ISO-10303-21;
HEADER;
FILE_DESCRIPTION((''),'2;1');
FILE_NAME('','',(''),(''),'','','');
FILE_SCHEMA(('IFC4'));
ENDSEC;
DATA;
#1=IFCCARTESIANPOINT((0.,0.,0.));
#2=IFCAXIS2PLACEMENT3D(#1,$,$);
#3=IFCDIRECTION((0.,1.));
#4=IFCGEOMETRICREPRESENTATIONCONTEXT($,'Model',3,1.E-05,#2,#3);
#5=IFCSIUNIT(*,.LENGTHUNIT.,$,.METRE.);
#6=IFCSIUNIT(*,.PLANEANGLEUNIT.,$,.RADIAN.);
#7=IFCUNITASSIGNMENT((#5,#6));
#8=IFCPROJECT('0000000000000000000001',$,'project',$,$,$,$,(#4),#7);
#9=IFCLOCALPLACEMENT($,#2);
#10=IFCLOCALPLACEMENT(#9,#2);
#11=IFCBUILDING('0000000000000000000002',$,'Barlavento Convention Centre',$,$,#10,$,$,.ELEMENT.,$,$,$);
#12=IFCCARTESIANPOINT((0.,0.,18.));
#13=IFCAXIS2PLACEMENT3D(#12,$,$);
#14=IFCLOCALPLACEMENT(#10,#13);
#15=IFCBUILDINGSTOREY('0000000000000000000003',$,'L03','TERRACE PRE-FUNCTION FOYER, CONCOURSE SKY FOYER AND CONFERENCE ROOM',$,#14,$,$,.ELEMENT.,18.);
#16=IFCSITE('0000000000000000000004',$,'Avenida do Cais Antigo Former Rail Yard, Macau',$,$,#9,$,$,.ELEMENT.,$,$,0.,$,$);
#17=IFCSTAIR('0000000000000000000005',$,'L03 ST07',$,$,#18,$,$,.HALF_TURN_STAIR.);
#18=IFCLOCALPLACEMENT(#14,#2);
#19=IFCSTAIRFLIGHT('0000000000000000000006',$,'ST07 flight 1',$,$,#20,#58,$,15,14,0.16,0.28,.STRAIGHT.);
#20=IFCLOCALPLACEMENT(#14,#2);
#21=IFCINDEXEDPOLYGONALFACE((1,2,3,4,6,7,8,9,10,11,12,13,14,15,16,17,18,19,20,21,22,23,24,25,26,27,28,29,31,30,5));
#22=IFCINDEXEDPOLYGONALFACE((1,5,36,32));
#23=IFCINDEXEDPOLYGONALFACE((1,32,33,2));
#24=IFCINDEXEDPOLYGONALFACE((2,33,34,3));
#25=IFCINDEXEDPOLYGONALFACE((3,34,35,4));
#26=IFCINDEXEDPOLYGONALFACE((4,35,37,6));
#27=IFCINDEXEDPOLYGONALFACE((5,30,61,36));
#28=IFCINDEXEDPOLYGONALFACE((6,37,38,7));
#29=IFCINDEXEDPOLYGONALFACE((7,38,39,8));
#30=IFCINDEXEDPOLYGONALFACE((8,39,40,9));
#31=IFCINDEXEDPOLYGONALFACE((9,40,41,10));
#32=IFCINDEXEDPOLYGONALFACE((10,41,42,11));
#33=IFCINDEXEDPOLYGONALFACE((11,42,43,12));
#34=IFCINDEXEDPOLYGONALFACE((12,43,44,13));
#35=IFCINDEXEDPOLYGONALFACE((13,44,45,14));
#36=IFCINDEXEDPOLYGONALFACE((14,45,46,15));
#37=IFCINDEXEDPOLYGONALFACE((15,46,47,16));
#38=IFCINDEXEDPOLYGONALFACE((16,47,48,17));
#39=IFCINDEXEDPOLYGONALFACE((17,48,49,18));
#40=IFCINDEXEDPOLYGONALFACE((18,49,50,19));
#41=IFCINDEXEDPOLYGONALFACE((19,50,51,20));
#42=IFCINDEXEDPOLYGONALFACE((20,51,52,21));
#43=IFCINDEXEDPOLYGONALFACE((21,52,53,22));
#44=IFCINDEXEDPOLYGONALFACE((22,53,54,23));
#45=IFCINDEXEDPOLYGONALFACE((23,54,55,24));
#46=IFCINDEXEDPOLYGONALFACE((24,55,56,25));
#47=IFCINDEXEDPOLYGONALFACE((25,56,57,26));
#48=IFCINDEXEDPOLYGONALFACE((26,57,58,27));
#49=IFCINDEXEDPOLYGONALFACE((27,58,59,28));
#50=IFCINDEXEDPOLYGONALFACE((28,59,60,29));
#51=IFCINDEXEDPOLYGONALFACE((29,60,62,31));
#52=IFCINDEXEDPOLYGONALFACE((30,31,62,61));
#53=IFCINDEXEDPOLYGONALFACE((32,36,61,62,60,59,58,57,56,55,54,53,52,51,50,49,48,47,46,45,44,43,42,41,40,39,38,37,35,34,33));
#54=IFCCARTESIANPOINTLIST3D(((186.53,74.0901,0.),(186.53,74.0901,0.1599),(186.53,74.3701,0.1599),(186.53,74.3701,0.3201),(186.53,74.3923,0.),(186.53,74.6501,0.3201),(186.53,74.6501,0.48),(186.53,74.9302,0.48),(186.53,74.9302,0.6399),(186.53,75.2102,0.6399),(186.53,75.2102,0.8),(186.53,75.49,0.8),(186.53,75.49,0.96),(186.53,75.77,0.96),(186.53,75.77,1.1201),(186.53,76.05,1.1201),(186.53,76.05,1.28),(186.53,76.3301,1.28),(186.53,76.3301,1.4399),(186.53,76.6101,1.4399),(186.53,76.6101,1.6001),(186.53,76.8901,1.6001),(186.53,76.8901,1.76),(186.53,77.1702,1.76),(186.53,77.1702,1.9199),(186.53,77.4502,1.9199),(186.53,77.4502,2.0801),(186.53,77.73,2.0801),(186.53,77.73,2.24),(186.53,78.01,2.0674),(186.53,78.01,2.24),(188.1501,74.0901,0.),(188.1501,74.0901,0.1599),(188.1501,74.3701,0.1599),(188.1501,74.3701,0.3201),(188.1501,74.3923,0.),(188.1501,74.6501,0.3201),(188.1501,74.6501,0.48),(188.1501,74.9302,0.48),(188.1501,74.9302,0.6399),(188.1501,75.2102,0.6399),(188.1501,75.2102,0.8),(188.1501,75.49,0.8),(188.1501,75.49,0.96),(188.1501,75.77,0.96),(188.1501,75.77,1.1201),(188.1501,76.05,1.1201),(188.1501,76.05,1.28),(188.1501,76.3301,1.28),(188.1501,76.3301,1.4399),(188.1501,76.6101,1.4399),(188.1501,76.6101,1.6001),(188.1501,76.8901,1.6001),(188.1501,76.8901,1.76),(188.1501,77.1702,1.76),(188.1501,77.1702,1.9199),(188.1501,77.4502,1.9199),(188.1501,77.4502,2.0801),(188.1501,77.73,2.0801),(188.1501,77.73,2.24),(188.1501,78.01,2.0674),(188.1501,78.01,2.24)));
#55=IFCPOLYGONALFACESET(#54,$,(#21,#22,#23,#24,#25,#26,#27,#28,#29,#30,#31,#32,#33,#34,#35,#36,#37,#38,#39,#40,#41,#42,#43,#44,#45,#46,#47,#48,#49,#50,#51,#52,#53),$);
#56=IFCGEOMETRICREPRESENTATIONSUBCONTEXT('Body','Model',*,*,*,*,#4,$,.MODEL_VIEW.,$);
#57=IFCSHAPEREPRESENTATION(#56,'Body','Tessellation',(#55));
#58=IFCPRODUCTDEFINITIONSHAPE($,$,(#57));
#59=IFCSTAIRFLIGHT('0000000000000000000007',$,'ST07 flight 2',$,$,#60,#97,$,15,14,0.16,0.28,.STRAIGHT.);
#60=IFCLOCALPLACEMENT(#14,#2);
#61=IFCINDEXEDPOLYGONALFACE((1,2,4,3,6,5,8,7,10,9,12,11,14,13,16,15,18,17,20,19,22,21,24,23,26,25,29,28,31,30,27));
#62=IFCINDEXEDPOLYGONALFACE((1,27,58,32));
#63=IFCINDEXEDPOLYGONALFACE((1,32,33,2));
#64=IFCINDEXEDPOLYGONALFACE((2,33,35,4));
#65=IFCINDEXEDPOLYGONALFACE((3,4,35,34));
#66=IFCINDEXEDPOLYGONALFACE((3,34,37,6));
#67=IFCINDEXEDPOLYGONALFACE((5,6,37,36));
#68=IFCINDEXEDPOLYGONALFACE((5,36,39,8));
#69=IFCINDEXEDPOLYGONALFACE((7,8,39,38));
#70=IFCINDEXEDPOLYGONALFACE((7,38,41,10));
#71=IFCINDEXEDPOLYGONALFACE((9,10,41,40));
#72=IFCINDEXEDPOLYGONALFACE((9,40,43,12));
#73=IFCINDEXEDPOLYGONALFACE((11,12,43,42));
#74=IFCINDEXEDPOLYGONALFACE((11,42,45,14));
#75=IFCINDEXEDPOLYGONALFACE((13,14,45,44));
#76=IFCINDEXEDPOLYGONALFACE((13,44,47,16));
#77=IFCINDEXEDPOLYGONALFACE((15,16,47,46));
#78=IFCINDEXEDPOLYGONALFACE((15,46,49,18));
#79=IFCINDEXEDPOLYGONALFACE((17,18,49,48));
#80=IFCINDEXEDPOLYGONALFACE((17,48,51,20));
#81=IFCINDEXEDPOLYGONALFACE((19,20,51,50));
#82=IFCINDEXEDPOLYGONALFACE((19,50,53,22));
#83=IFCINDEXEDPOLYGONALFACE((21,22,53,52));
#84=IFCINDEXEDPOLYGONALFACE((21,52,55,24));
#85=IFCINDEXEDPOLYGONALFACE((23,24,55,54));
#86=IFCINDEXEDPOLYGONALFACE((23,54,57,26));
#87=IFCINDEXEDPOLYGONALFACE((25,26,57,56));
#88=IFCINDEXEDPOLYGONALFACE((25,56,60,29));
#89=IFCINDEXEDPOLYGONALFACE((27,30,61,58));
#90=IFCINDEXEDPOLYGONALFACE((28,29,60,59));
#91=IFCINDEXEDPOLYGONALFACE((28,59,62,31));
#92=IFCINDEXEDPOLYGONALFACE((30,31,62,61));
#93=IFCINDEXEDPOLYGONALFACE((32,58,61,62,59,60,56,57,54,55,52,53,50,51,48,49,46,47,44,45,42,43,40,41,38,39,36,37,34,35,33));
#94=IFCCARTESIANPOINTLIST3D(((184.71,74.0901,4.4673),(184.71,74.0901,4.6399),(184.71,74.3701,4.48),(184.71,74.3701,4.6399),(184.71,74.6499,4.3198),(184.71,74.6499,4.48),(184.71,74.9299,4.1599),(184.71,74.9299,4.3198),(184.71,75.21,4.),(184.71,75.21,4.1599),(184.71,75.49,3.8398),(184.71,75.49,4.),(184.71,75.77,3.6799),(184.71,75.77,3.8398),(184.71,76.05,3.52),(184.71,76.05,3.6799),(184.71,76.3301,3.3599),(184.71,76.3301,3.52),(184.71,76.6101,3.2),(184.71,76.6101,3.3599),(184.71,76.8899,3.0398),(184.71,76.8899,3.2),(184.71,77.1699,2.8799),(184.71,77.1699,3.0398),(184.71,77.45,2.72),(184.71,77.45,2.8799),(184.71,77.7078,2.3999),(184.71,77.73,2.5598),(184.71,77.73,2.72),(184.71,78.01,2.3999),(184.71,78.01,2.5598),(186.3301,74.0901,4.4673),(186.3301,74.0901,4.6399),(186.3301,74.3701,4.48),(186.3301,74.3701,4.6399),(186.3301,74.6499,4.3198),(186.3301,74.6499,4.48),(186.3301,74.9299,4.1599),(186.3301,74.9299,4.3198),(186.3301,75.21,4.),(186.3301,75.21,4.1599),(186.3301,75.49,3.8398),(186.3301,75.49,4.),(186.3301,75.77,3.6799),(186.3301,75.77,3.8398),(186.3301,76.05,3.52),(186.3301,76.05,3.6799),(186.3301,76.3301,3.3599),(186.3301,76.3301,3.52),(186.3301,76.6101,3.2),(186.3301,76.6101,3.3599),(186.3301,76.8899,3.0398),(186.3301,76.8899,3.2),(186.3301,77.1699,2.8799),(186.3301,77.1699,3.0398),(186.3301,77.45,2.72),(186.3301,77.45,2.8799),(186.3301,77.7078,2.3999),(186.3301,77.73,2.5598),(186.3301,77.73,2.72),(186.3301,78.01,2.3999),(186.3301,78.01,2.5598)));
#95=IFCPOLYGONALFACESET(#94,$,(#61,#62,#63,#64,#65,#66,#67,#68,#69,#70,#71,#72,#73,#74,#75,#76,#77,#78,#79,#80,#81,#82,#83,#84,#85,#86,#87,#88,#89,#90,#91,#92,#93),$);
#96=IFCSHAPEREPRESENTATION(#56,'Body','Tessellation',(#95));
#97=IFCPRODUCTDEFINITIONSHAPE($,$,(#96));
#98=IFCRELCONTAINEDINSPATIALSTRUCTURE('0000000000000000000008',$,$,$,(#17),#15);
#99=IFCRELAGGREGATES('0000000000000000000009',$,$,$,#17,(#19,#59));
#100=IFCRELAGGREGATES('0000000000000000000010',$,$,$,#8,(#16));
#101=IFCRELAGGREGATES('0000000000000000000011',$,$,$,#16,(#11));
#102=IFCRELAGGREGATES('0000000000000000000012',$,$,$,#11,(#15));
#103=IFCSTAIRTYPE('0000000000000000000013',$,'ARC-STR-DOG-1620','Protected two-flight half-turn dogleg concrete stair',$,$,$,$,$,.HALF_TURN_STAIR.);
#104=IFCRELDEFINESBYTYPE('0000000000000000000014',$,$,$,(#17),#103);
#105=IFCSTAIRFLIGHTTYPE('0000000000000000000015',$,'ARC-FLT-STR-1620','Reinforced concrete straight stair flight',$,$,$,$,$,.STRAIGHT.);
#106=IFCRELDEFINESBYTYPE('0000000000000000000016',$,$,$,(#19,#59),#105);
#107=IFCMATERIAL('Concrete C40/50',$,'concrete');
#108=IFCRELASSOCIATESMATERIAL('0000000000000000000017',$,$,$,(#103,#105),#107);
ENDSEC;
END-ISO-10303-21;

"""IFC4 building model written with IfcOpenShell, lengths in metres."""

from ifc_helpers import new_model, si_unit, direction, frame, origin, place, context, subcontext, project, spatial, polyline, outline, extrude, material, type_object, element, aggregate, save


model = new_model("IFC4")

# Units and contexts
model_context = context("Model", 3, precision=1e-05, world=origin(), true_north=direction((0.0, 1.0)))
body_context = subcontext(model_context, "Body", "Model", "MODEL_VIEW")
ifc_project = project(units=[si_unit("LENGTHUNIT", "METRE"), si_unit("PLANEANGLEUNIT", "RADIAN")], contexts=[model_context])

# Site, building, storey
site_placement = place(None, origin())
site = spatial("IfcSite", under=ifc_project, at=site_placement, Name="Avenida do Cais Antigo Former Rail Yard, Macau", CompositionType="ELEMENT", RefElevation=0.0)
building_placement = place(site_placement, origin())
building = spatial("IfcBuilding", under=site, at=building_placement, Name="Barlavento Convention Centre", CompositionType="ELEMENT")
storey_placement = place(building_placement, frame((0.0, 0.0, 18.0)))
storey = spatial("IfcBuildingStorey", under=building, at=storey_placement, Name="L03", Description="TERRACE PRE-FUNCTION FOYER, CONCOURSE SKY FOYER AND CONFERENCE ROOM", CompositionType="ELEMENT", Elevation=18.0)

# Stair, stair flights
ifc_material_1 = material(Name="Concrete C40/50", Category="concrete")
stair_type = type_object("IfcStairType", Name="ARC-STR-DOG-1620", Description="Protected two-flight half-turn dogleg concrete stair", PredefinedType="HALF_TURN_STAIR", material=ifc_material_1)
stair_placement = place(storey_placement, origin())
stair = element("IfcStair", 1, at=stair_placement, inside=storey, type_object=stair_type, Name="L03 ST07", PredefinedType="HALF_TURN_STAIR")
stair_flight_type = type_object("IfcStairFlightType", Name="ARC-FLT-STR-1620", Description="Reinforced concrete straight stair flight", PredefinedType="STRAIGHT", material=ifc_material_1)
stair_flight_1_placement = place(storey_placement, frame((187.3401, 74.0901, 0.0), z_axis=(0.0, 0.0, 1.0), x_axis=(0.0, 1.0, 0.0)))
stair_flight_1 = element("IfcStairFlight", 2, at=stair_flight_1_placement, type_object=stair_flight_type, Name="ST07 flight 1", NumberOfRisers=15, NumberOfTreads=14, PredefinedType="STRAIGHT", RiserHeight=0.16, TreadLength=0.28, context=body_context, shape_type="SweptSolid", body=[
    extrude(outline(polyline([(0.0, 0.0), (0.0, 0.1599), (0.28, 0.1599), (0.28, 0.3201), (0.5601, 0.3201), (0.5601, 0.48), (0.8401, 0.48), (0.8401, 0.6399), (1.1201, 0.6399), (1.1201, 0.8), (1.3999, 0.8), (1.3999, 0.96), (1.6799, 0.96), (1.6799, 1.1201), (1.96, 1.1201), (1.96, 1.28), (2.24, 1.28), (2.24, 1.4399), (2.52, 1.4399), (2.52, 1.6001), (2.8, 1.6001), (2.8, 1.76), (3.0801, 1.76), (3.0801, 1.9199), (3.3601, 1.9199), (3.3601, 2.0801), (3.6399, 2.0801), (3.6399, 2.24), (3.9199, 2.24), (3.9199, 2.3999), (3.9199, 2.0674), (0.3022, 0.0), (0.0, 0.0)])), frame((0.0, 0.8101, 0.0), z_axis=(0.0, -1.0, 0.0), x_axis=(1.0, 0.0, 0.0)), (0.0, 0.0, 1.0), 1.6201),
])
stair_flight_2_placement = place(storey_placement, frame((185.52, 78.01, 2.3999), z_axis=(0.0, 0.0, 1.0), x_axis=(0.0, -1.0, 0.0)))
stair_flight_2 = element("IfcStairFlight", 3, at=stair_flight_2_placement, type_object=stair_flight_type, Name="ST07 flight 2", NumberOfRisers=15, NumberOfTreads=14, PredefinedType="STRAIGHT", RiserHeight=0.16, TreadLength=0.28, context=body_context, shape_type="SweptSolid", body=[
    extrude(outline(polyline([(0.0, 0.0), (0.0, 0.1599), (0.28, 0.1599), (0.28, 0.3201), (0.5601, 0.3201), (0.5601, 0.48), (0.8401, 0.48), (0.8401, 0.6399), (1.1201, 0.6399), (1.1201, 0.8), (1.3999, 0.8), (1.3999, 0.96), (1.6799, 0.96), (1.6799, 1.1201), (1.96, 1.1201), (1.96, 1.28), (2.24, 1.28), (2.24, 1.4399), (2.52, 1.4399), (2.52, 1.6001), (2.8, 1.6001), (2.8, 1.76), (3.0801, 1.76), (3.0801, 1.9199), (3.3601, 1.9199), (3.3601, 2.0801), (3.6399, 2.0801), (3.6399, 2.24), (3.9199, 2.24), (3.9199, 2.3999), (3.9199, 2.0674), (0.3022, 0.0), (0.0, 0.0)])), frame((0.0, 0.8101, 0.0), z_axis=(0.0, -1.0, 0.0), x_axis=(1.0, 0.0, 0.0)), (0.0, 0.0, 1.0), 1.6201),
])
aggregate(stair, [stair_flight_1, stair_flight_2])

save(model, "model.ifc")
